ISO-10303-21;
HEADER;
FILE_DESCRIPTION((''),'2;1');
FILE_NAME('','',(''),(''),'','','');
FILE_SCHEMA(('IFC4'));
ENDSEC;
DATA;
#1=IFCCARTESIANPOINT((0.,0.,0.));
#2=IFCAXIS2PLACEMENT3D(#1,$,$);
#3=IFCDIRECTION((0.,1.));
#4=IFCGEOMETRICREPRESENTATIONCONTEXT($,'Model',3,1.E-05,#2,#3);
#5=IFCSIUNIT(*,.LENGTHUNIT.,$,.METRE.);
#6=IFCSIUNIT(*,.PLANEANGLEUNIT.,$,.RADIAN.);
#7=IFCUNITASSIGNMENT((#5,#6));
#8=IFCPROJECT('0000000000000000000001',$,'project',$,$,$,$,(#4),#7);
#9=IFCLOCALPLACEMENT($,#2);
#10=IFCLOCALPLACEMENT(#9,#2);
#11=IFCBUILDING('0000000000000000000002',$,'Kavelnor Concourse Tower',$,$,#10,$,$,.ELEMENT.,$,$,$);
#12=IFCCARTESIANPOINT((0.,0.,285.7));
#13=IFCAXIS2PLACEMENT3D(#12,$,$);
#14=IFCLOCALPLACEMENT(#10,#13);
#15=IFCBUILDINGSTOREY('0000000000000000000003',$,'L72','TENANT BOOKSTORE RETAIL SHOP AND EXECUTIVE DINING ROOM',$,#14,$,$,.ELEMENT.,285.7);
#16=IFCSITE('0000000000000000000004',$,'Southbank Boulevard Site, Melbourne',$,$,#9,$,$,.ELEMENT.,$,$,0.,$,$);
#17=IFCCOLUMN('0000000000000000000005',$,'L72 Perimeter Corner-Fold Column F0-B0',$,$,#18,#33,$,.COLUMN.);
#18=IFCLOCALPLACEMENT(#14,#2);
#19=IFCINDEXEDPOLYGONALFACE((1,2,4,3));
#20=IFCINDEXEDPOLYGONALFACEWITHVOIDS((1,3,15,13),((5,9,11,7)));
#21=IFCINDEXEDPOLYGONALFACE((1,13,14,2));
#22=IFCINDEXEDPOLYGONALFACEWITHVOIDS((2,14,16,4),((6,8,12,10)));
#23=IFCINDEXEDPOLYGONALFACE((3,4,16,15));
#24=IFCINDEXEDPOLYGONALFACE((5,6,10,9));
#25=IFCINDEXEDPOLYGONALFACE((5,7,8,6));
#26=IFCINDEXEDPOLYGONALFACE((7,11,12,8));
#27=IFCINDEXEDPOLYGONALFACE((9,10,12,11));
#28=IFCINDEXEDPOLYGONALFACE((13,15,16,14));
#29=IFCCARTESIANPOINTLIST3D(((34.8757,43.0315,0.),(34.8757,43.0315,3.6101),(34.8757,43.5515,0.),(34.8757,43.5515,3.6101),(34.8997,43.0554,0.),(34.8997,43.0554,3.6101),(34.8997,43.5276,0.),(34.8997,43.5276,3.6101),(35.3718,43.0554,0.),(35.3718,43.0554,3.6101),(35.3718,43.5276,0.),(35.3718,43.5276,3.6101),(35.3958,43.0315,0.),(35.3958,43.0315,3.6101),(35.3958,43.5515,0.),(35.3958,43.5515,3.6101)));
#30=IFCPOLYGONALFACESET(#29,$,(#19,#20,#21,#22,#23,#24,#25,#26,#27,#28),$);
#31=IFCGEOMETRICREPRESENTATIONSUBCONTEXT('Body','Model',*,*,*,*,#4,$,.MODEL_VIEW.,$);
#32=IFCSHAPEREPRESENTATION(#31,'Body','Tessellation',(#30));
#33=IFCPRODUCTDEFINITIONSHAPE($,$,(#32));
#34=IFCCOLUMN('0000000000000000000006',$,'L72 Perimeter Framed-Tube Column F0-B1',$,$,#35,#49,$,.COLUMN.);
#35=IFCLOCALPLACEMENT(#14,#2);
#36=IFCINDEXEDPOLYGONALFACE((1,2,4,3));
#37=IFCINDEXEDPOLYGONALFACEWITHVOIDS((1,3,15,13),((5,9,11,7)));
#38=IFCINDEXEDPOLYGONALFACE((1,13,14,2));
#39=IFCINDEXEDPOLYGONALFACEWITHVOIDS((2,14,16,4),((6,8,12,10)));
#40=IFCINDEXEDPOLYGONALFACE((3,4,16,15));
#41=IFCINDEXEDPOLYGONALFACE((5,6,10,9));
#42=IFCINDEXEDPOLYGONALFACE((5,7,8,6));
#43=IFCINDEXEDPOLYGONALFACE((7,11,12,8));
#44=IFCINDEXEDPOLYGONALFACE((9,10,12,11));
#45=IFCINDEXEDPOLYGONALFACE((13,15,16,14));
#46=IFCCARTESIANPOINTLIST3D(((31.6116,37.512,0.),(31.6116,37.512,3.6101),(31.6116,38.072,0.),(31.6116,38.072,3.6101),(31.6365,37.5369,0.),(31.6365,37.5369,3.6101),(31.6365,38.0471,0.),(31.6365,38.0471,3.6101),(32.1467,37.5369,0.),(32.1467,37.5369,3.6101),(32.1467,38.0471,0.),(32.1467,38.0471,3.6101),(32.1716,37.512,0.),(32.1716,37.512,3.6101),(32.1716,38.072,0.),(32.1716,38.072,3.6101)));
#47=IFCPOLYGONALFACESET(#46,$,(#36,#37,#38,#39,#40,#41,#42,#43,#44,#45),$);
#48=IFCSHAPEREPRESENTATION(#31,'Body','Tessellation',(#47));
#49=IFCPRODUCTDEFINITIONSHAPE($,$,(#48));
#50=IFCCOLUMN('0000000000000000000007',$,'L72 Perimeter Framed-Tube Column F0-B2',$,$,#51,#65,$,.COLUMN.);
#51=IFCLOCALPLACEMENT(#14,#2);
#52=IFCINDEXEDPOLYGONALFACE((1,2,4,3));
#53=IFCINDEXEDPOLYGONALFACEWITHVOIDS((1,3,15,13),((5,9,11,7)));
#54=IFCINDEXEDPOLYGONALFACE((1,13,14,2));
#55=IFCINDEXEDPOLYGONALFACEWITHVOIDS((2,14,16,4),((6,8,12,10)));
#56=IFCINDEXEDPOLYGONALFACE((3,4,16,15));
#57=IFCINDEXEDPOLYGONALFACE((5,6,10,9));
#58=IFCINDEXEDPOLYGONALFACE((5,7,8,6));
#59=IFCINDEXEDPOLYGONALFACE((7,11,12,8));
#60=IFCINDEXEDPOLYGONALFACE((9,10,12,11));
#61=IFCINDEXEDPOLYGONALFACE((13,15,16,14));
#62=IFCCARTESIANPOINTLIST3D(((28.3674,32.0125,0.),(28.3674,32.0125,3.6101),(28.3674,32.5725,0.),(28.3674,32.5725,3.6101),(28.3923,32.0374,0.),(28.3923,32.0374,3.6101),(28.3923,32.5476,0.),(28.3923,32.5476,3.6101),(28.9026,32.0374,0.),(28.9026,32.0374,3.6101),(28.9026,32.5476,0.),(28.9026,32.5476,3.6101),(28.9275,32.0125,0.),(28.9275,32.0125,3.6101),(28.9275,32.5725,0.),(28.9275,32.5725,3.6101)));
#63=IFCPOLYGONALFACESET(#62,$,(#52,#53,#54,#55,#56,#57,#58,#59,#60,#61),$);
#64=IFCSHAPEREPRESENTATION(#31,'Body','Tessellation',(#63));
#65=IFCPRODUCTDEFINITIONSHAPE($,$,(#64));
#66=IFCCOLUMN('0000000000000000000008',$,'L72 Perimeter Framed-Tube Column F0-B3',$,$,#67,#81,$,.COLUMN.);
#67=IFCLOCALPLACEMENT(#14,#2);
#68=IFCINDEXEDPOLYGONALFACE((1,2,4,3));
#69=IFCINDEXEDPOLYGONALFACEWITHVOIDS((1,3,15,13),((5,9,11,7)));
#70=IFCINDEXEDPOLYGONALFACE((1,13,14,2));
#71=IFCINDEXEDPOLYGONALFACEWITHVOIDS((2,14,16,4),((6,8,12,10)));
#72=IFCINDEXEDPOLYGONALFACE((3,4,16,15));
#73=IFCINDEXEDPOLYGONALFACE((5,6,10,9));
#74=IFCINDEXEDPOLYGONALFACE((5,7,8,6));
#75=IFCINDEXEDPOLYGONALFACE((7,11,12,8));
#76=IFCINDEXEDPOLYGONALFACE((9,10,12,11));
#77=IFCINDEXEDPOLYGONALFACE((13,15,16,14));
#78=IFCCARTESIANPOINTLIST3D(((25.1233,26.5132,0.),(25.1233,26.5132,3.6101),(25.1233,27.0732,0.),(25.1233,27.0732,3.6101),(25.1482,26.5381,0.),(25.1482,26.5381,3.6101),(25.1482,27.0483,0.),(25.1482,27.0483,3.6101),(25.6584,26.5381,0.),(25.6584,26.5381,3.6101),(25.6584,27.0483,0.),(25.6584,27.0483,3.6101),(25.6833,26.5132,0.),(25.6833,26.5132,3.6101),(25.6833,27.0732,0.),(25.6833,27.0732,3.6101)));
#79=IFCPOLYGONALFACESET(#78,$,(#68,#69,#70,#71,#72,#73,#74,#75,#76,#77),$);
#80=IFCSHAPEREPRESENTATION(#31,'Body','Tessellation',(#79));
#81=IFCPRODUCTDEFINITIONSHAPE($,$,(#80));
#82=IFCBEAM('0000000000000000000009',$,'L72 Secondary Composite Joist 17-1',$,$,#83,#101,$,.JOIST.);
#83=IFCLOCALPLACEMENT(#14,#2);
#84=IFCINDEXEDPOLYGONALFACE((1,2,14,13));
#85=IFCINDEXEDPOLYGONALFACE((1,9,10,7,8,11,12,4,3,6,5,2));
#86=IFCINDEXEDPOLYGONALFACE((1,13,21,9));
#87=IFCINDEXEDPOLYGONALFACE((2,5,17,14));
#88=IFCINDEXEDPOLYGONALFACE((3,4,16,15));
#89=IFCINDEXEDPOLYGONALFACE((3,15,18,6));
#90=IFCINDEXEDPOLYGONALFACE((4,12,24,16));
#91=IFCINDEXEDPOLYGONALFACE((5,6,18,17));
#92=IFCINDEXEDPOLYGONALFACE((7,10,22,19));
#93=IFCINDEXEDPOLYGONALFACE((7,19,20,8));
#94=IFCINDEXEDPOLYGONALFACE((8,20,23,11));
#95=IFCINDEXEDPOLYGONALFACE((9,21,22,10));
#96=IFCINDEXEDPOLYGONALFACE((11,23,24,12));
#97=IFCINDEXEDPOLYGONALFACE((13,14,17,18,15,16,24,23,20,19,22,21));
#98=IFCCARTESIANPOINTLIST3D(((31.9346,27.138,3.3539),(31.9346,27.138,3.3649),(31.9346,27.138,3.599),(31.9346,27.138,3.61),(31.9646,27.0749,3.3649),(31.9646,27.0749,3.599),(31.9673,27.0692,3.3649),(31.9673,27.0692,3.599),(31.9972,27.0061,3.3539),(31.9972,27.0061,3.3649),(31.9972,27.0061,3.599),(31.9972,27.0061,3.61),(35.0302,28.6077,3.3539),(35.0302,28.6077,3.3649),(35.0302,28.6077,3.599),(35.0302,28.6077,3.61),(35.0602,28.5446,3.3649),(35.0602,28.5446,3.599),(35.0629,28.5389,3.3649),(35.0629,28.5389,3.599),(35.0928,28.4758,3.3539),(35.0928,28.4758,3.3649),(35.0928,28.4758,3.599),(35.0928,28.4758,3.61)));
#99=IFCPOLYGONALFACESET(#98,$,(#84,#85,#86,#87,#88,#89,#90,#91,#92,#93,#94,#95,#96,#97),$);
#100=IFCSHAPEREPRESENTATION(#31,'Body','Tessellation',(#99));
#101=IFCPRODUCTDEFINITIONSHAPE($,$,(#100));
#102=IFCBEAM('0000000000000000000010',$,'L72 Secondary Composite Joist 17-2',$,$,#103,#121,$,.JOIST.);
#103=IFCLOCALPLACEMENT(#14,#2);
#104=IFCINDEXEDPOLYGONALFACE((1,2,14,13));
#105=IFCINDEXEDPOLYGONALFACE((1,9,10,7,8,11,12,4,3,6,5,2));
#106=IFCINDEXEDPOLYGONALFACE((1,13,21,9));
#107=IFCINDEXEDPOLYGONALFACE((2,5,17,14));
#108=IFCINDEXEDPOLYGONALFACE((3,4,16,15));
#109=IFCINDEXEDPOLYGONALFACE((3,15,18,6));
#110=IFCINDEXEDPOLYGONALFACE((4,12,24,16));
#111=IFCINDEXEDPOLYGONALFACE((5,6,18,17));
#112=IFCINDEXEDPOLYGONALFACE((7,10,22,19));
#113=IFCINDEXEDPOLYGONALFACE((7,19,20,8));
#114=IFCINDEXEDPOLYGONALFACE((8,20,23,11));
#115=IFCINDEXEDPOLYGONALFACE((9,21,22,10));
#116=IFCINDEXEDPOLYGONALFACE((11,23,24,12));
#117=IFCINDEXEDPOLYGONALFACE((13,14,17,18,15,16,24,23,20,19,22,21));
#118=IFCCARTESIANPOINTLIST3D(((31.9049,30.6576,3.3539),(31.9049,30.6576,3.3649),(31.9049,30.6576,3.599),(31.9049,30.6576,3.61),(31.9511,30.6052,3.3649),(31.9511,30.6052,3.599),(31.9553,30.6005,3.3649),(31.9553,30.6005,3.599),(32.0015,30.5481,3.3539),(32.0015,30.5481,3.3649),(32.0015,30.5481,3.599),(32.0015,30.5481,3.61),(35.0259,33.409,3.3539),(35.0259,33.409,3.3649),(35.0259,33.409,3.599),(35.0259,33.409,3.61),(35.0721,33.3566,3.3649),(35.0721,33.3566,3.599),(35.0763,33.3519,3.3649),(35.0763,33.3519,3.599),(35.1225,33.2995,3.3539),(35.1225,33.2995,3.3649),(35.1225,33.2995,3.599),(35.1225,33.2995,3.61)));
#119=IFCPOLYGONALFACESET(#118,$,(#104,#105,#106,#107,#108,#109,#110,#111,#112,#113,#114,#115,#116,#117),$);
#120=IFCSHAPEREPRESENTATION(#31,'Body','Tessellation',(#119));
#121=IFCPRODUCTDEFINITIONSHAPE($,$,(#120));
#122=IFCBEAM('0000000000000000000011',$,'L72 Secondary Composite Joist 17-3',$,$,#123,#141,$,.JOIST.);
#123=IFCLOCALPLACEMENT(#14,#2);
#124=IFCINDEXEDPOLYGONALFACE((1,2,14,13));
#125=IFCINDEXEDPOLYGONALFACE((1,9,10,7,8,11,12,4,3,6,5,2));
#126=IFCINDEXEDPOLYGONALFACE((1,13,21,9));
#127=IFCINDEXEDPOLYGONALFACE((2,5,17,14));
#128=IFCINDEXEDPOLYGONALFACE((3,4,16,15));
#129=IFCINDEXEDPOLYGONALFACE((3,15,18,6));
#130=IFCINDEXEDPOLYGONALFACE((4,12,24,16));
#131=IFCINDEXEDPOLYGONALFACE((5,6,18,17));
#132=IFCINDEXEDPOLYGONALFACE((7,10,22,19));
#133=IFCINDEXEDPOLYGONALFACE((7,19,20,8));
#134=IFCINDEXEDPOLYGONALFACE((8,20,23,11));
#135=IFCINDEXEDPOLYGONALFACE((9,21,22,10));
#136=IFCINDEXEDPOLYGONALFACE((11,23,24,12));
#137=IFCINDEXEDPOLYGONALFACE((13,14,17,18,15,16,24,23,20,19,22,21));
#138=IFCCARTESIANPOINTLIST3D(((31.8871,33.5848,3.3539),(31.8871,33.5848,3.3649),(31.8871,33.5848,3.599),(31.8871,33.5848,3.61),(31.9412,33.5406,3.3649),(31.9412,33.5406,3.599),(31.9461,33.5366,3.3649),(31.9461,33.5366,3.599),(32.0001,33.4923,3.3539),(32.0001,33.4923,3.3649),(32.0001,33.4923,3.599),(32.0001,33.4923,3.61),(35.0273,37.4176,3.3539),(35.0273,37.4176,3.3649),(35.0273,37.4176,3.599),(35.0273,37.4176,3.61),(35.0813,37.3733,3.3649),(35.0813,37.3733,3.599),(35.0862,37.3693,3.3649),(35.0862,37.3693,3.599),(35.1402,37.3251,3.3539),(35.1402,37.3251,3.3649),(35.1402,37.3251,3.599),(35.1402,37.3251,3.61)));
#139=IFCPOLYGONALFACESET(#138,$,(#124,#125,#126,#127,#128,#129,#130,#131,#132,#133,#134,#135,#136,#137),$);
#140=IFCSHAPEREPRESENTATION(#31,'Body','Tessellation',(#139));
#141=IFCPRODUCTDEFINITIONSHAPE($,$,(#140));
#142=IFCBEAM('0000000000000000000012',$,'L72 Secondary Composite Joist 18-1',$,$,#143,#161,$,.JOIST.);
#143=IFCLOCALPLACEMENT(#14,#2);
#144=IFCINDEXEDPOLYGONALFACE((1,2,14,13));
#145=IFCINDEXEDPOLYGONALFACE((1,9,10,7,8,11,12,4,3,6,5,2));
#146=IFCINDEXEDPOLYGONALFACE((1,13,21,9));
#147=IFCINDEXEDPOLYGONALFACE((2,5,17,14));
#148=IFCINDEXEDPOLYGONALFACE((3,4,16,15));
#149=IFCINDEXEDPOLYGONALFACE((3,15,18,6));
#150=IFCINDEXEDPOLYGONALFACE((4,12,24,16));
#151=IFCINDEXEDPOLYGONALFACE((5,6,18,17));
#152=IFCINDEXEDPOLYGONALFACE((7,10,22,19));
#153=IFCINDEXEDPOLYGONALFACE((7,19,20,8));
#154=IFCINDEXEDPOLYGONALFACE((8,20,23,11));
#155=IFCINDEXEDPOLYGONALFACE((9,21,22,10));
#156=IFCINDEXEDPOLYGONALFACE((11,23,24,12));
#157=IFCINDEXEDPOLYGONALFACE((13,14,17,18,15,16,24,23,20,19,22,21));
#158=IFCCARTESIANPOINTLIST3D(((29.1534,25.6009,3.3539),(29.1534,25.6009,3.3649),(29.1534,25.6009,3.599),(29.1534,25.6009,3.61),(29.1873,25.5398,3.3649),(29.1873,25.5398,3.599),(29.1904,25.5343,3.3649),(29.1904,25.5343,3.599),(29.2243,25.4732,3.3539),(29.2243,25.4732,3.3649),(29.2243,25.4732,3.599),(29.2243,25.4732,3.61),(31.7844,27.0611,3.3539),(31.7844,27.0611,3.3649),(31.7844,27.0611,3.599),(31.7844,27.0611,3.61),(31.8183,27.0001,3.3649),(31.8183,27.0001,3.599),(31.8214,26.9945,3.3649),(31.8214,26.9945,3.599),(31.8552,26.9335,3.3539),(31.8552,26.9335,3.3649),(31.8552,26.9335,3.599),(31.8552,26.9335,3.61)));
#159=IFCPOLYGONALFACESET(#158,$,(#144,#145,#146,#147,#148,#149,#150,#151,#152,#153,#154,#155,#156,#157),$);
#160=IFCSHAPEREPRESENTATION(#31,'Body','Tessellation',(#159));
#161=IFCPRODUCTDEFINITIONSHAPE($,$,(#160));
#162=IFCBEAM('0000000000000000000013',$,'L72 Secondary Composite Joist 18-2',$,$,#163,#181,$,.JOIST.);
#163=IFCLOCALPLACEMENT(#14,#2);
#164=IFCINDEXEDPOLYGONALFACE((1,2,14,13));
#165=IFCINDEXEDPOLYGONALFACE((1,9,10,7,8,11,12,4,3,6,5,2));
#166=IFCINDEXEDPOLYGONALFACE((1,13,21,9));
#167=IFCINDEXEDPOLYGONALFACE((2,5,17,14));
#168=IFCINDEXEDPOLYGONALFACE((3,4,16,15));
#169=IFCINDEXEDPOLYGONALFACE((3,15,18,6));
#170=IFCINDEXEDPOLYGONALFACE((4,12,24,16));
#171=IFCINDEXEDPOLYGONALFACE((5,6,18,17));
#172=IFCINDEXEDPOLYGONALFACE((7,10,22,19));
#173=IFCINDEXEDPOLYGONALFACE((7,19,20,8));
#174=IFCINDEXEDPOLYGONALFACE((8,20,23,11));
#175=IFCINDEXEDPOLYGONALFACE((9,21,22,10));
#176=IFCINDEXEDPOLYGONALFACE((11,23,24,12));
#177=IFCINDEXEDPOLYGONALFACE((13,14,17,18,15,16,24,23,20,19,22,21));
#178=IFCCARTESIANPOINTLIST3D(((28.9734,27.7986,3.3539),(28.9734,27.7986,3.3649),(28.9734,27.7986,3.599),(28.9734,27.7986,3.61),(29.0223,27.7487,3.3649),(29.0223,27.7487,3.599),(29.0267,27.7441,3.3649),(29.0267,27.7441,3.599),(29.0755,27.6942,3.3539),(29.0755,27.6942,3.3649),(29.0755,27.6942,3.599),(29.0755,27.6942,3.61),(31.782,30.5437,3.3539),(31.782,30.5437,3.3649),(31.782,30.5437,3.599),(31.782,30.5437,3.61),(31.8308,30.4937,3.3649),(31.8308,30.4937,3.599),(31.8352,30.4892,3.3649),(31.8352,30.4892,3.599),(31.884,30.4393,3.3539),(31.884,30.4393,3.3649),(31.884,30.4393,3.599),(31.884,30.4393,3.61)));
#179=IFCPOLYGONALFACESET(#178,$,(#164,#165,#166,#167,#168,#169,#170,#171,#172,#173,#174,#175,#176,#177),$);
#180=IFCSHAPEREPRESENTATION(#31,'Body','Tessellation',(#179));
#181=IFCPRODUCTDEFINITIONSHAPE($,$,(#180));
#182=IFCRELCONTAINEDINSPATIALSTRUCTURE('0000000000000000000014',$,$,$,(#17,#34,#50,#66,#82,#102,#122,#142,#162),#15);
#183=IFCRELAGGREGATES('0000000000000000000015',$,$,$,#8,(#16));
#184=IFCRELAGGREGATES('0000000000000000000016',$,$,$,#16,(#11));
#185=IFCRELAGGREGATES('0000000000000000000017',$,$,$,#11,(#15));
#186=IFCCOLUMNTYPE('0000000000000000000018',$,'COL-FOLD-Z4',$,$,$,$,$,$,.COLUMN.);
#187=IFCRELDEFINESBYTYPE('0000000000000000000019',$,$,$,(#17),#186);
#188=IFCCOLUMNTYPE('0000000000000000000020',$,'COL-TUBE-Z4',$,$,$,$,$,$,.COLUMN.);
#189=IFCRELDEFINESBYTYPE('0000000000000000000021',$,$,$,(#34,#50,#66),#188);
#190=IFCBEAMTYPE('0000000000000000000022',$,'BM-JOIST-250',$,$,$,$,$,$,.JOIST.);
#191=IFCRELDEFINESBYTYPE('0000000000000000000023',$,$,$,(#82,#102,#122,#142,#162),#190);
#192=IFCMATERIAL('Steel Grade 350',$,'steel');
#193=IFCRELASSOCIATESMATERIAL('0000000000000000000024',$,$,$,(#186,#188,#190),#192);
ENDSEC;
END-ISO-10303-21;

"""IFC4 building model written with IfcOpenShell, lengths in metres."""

from ifc_helpers import new_model, si_unit, direction, frame, origin, origin_2d, place, context, subcontext, project, spatial, hollow_rectangle, i_section, extrude, material, material_profile, profile_set, type_object, element, save


model = new_model("IFC4")

# Units and contexts
model_context = context("Model", 3, precision=1e-05, world=origin(), true_north=direction((0.0, 1.0)))
body_context = subcontext(model_context, "Body", "Model", "MODEL_VIEW")
ifc_project = project(units=[si_unit("LENGTHUNIT", "METRE"), si_unit("PLANEANGLEUNIT", "RADIAN")], contexts=[model_context])

# Site, building, storey
site_placement = place(None, origin())
site = spatial("IfcSite", under=ifc_project, at=site_placement, Name="Southbank Boulevard Site, Melbourne", CompositionType="ELEMENT", RefElevation=0.0)
building_placement = place(site_placement, origin())
building = spatial("IfcBuilding", under=site, at=building_placement, Name="Kavelnor Concourse Tower", CompositionType="ELEMENT")
storey_placement = place(building_placement, frame((0.0, 0.0, 285.7)))
storey = spatial("IfcBuildingStorey", under=building, at=storey_placement, Name="L72", Description="TENANT BOOKSTORE RETAIL SHOP AND EXECUTIVE DINING ROOM", CompositionType="ELEMENT", Elevation=285.7)

# Columns
ifc_material_1 = material(Name="Steel Grade 350", Category="steel")
ifc_material_profile_1 = material_profile(ifc_material_1, hollow_rectangle(XDim=0.52, YDim=0.52, WallThickness=0.0239, at=origin_2d()), Name="SHS 520x520x24")
ifc_profile_set_1 = profile_set([ifc_material_profile_1], Name="Steel Grade 350")
column_type_1 = type_object("IfcColumnType", Name="COL-FOLD-Z4", PredefinedType="COLUMN", material=ifc_profile_set_1)
column_placement = place(storey_placement, frame((35.1357, 43.2915, 0.0), z_axis=(0.0, 0.0, 1.0), x_axis=(1.0, 0.0, 0.0)))
element("IfcColumn", 1, at=column_placement, inside=storey, type_object=column_type_1, Name="L72 Perimeter Corner-Fold Column F0-B0", PredefinedType="COLUMN", context=body_context, shape_type="SweptSolid", body=[
    extrude(hollow_rectangle(XDim=0.52, YDim=0.52, WallThickness=0.0239, at=origin_2d()), origin(), (0.0, 0.0, 1.0), 3.6101),
])
ifc_material_profile_2 = material_profile(ifc_material_1, hollow_rectangle(XDim=0.5601, YDim=0.5601, WallThickness=0.0249, at=origin_2d()), Name="SHS 560x560x25")
ifc_profile_set_2 = profile_set([ifc_material_profile_2], Name="Steel Grade 350")
column_type_2 = type_object("IfcColumnType", Name="COL-TUBE-Z4", PredefinedType="COLUMN", material=ifc_profile_set_2)
for number, where, z_axis, x_axis, name in (
    (2, (31.8916, 37.792, 0.0), (0.0, 0.0, 1.0), (1.0, 0.0, 0.0), "L72 Perimeter Framed-Tube Column F0-B1"),
    (3, (28.6475, 32.2925, 0.0), (0.0, 0.0, 1.0), (1.0, 0.0, 0.0), "L72 Perimeter Framed-Tube Column F0-B2"),
    (4, (25.4033, 26.7932, 0.0), (0.0, 0.0, 1.0), (1.0, 0.0, 0.0), "L72 Perimeter Framed-Tube Column F0-B3"),
):
    element("IfcColumn", number, at=place(storey_placement, frame(where, z_axis=z_axis, x_axis=x_axis)), inside=storey, type_object=column_type_2, Name=name, PredefinedType="COLUMN", context=body_context, shape_type="SweptSolid", body=[
        extrude(hollow_rectangle(XDim=0.5601, YDim=0.5601, WallThickness=0.0249, at=origin_2d()), origin(), (0.0, 0.0, 1.0), 3.6101),
    ])

# Beams
ifc_material_profile_3 = material_profile(ifc_material_1, i_section(OverallWidth=0.146, OverallDepth=0.2561, WebThickness=0.0063, FlangeThickness=0.011, at=origin_2d()), Name="250UB37")
ifc_profile_set_3 = profile_set([ifc_material_profile_3], Name="Steel Grade 350")
beam_type_1 = type_object("IfcBeamType", Name="BM-JOIST-250", PredefinedType="JOIST", material=ifc_profile_set_3)
beam_1_placement = place(storey_placement, frame((35.0615, 28.5417, 3.4819), z_axis=(-0.90336, -0.428882, 0.0), x_axis=(0.428882, -0.90336, 0.0)))
element("IfcBeam", 5, at=beam_1_placement, inside=storey, type_object=beam_type_1, Name="L72 Secondary Composite Joist 17-1", PredefinedType="JOIST", context=body_context, shape_type="SweptSolid", body=[
    extrude(i_section(OverallWidth=0.146, OverallDepth=0.2561, WebThickness=0.0063, FlangeThickness=0.011, at=origin_2d()), origin(), (0.0, 0.0, 1.0), 3.4268),
])
beam_2_placement = place(storey_placement, frame((35.0742, 33.3542, 3.4819), z_axis=(-0.750129, -0.661292, 0.0), x_axis=(0.661292, -0.750129, 0.0)))
element("IfcBeam", 6, at=beam_2_placement, inside=storey, type_object=beam_type_1, Name="L72 Secondary Composite Joist 17-2", PredefinedType="JOIST", context=body_context, shape_type="SweptSolid", body=[
    extrude(i_section(OverallWidth=0.146, OverallDepth=0.2561, WebThickness=0.0063, FlangeThickness=0.011, at=origin_2d()), origin(), (0.0, 0.0, 1.0), 4.1606),
])
beam_3_placement = place(storey_placement, frame((35.0837, 37.3713, 3.4819), z_axis=(-0.63375, -0.773538, 0.0), x_axis=(0.773538, -0.63375, 0.0)))
element("IfcBeam", 7, at=beam_3_placement, inside=storey, type_object=beam_type_1, Name="L72 Secondary Composite Joist 17-3", PredefinedType="JOIST", context=body_context, shape_type="SweptSolid", body=[
    extrude(i_section(OverallWidth=0.146, OverallDepth=0.2561, WebThickness=0.0063, FlangeThickness=0.011, at=origin_2d()), origin(), (0.0, 0.0, 1.0), 4.9548),
])
beam_4_placement = place(storey_placement, frame((31.8198, 26.9973, 3.4819), z_axis=(-0.874352, -0.485292, 0.0), x_axis=(0.485292, -0.874352, 0.0)))
element("IfcBeam", 8, at=beam_4_placement, inside=storey, type_object=beam_type_1, Name="L72 Secondary Composite Joist 18-1", PredefinedType="JOIST", context=body_context, shape_type="SweptSolid", body=[
    extrude(i_section(OverallWidth=0.146, OverallDepth=0.2561, WebThickness=0.0063, FlangeThickness=0.011, at=origin_2d()), origin(), (0.0, 0.0, 1.0), 3.009),
])
beam_5_placement = place(storey_placement, frame((31.833, 30.4915, 3.4819), z_axis=(-0.715142, -0.698979, 0.0), x_axis=(0.698979, -0.715142, 0.0)))
element("IfcBeam", 9, at=beam_5_placement, inside=storey, type_object=beam_type_1, Name="L72 Secondary Composite Joist 18-2", PredefinedType="JOIST", context=body_context, shape_type="SweptSolid", body=[
    extrude(i_section(OverallWidth=0.146, OverallDepth=0.2561, WebThickness=0.0063, FlangeThickness=0.011, at=origin_2d()), origin(), (0.0, 0.0, 1.0), 3.9272),
])

save(model, "model.ifc")
